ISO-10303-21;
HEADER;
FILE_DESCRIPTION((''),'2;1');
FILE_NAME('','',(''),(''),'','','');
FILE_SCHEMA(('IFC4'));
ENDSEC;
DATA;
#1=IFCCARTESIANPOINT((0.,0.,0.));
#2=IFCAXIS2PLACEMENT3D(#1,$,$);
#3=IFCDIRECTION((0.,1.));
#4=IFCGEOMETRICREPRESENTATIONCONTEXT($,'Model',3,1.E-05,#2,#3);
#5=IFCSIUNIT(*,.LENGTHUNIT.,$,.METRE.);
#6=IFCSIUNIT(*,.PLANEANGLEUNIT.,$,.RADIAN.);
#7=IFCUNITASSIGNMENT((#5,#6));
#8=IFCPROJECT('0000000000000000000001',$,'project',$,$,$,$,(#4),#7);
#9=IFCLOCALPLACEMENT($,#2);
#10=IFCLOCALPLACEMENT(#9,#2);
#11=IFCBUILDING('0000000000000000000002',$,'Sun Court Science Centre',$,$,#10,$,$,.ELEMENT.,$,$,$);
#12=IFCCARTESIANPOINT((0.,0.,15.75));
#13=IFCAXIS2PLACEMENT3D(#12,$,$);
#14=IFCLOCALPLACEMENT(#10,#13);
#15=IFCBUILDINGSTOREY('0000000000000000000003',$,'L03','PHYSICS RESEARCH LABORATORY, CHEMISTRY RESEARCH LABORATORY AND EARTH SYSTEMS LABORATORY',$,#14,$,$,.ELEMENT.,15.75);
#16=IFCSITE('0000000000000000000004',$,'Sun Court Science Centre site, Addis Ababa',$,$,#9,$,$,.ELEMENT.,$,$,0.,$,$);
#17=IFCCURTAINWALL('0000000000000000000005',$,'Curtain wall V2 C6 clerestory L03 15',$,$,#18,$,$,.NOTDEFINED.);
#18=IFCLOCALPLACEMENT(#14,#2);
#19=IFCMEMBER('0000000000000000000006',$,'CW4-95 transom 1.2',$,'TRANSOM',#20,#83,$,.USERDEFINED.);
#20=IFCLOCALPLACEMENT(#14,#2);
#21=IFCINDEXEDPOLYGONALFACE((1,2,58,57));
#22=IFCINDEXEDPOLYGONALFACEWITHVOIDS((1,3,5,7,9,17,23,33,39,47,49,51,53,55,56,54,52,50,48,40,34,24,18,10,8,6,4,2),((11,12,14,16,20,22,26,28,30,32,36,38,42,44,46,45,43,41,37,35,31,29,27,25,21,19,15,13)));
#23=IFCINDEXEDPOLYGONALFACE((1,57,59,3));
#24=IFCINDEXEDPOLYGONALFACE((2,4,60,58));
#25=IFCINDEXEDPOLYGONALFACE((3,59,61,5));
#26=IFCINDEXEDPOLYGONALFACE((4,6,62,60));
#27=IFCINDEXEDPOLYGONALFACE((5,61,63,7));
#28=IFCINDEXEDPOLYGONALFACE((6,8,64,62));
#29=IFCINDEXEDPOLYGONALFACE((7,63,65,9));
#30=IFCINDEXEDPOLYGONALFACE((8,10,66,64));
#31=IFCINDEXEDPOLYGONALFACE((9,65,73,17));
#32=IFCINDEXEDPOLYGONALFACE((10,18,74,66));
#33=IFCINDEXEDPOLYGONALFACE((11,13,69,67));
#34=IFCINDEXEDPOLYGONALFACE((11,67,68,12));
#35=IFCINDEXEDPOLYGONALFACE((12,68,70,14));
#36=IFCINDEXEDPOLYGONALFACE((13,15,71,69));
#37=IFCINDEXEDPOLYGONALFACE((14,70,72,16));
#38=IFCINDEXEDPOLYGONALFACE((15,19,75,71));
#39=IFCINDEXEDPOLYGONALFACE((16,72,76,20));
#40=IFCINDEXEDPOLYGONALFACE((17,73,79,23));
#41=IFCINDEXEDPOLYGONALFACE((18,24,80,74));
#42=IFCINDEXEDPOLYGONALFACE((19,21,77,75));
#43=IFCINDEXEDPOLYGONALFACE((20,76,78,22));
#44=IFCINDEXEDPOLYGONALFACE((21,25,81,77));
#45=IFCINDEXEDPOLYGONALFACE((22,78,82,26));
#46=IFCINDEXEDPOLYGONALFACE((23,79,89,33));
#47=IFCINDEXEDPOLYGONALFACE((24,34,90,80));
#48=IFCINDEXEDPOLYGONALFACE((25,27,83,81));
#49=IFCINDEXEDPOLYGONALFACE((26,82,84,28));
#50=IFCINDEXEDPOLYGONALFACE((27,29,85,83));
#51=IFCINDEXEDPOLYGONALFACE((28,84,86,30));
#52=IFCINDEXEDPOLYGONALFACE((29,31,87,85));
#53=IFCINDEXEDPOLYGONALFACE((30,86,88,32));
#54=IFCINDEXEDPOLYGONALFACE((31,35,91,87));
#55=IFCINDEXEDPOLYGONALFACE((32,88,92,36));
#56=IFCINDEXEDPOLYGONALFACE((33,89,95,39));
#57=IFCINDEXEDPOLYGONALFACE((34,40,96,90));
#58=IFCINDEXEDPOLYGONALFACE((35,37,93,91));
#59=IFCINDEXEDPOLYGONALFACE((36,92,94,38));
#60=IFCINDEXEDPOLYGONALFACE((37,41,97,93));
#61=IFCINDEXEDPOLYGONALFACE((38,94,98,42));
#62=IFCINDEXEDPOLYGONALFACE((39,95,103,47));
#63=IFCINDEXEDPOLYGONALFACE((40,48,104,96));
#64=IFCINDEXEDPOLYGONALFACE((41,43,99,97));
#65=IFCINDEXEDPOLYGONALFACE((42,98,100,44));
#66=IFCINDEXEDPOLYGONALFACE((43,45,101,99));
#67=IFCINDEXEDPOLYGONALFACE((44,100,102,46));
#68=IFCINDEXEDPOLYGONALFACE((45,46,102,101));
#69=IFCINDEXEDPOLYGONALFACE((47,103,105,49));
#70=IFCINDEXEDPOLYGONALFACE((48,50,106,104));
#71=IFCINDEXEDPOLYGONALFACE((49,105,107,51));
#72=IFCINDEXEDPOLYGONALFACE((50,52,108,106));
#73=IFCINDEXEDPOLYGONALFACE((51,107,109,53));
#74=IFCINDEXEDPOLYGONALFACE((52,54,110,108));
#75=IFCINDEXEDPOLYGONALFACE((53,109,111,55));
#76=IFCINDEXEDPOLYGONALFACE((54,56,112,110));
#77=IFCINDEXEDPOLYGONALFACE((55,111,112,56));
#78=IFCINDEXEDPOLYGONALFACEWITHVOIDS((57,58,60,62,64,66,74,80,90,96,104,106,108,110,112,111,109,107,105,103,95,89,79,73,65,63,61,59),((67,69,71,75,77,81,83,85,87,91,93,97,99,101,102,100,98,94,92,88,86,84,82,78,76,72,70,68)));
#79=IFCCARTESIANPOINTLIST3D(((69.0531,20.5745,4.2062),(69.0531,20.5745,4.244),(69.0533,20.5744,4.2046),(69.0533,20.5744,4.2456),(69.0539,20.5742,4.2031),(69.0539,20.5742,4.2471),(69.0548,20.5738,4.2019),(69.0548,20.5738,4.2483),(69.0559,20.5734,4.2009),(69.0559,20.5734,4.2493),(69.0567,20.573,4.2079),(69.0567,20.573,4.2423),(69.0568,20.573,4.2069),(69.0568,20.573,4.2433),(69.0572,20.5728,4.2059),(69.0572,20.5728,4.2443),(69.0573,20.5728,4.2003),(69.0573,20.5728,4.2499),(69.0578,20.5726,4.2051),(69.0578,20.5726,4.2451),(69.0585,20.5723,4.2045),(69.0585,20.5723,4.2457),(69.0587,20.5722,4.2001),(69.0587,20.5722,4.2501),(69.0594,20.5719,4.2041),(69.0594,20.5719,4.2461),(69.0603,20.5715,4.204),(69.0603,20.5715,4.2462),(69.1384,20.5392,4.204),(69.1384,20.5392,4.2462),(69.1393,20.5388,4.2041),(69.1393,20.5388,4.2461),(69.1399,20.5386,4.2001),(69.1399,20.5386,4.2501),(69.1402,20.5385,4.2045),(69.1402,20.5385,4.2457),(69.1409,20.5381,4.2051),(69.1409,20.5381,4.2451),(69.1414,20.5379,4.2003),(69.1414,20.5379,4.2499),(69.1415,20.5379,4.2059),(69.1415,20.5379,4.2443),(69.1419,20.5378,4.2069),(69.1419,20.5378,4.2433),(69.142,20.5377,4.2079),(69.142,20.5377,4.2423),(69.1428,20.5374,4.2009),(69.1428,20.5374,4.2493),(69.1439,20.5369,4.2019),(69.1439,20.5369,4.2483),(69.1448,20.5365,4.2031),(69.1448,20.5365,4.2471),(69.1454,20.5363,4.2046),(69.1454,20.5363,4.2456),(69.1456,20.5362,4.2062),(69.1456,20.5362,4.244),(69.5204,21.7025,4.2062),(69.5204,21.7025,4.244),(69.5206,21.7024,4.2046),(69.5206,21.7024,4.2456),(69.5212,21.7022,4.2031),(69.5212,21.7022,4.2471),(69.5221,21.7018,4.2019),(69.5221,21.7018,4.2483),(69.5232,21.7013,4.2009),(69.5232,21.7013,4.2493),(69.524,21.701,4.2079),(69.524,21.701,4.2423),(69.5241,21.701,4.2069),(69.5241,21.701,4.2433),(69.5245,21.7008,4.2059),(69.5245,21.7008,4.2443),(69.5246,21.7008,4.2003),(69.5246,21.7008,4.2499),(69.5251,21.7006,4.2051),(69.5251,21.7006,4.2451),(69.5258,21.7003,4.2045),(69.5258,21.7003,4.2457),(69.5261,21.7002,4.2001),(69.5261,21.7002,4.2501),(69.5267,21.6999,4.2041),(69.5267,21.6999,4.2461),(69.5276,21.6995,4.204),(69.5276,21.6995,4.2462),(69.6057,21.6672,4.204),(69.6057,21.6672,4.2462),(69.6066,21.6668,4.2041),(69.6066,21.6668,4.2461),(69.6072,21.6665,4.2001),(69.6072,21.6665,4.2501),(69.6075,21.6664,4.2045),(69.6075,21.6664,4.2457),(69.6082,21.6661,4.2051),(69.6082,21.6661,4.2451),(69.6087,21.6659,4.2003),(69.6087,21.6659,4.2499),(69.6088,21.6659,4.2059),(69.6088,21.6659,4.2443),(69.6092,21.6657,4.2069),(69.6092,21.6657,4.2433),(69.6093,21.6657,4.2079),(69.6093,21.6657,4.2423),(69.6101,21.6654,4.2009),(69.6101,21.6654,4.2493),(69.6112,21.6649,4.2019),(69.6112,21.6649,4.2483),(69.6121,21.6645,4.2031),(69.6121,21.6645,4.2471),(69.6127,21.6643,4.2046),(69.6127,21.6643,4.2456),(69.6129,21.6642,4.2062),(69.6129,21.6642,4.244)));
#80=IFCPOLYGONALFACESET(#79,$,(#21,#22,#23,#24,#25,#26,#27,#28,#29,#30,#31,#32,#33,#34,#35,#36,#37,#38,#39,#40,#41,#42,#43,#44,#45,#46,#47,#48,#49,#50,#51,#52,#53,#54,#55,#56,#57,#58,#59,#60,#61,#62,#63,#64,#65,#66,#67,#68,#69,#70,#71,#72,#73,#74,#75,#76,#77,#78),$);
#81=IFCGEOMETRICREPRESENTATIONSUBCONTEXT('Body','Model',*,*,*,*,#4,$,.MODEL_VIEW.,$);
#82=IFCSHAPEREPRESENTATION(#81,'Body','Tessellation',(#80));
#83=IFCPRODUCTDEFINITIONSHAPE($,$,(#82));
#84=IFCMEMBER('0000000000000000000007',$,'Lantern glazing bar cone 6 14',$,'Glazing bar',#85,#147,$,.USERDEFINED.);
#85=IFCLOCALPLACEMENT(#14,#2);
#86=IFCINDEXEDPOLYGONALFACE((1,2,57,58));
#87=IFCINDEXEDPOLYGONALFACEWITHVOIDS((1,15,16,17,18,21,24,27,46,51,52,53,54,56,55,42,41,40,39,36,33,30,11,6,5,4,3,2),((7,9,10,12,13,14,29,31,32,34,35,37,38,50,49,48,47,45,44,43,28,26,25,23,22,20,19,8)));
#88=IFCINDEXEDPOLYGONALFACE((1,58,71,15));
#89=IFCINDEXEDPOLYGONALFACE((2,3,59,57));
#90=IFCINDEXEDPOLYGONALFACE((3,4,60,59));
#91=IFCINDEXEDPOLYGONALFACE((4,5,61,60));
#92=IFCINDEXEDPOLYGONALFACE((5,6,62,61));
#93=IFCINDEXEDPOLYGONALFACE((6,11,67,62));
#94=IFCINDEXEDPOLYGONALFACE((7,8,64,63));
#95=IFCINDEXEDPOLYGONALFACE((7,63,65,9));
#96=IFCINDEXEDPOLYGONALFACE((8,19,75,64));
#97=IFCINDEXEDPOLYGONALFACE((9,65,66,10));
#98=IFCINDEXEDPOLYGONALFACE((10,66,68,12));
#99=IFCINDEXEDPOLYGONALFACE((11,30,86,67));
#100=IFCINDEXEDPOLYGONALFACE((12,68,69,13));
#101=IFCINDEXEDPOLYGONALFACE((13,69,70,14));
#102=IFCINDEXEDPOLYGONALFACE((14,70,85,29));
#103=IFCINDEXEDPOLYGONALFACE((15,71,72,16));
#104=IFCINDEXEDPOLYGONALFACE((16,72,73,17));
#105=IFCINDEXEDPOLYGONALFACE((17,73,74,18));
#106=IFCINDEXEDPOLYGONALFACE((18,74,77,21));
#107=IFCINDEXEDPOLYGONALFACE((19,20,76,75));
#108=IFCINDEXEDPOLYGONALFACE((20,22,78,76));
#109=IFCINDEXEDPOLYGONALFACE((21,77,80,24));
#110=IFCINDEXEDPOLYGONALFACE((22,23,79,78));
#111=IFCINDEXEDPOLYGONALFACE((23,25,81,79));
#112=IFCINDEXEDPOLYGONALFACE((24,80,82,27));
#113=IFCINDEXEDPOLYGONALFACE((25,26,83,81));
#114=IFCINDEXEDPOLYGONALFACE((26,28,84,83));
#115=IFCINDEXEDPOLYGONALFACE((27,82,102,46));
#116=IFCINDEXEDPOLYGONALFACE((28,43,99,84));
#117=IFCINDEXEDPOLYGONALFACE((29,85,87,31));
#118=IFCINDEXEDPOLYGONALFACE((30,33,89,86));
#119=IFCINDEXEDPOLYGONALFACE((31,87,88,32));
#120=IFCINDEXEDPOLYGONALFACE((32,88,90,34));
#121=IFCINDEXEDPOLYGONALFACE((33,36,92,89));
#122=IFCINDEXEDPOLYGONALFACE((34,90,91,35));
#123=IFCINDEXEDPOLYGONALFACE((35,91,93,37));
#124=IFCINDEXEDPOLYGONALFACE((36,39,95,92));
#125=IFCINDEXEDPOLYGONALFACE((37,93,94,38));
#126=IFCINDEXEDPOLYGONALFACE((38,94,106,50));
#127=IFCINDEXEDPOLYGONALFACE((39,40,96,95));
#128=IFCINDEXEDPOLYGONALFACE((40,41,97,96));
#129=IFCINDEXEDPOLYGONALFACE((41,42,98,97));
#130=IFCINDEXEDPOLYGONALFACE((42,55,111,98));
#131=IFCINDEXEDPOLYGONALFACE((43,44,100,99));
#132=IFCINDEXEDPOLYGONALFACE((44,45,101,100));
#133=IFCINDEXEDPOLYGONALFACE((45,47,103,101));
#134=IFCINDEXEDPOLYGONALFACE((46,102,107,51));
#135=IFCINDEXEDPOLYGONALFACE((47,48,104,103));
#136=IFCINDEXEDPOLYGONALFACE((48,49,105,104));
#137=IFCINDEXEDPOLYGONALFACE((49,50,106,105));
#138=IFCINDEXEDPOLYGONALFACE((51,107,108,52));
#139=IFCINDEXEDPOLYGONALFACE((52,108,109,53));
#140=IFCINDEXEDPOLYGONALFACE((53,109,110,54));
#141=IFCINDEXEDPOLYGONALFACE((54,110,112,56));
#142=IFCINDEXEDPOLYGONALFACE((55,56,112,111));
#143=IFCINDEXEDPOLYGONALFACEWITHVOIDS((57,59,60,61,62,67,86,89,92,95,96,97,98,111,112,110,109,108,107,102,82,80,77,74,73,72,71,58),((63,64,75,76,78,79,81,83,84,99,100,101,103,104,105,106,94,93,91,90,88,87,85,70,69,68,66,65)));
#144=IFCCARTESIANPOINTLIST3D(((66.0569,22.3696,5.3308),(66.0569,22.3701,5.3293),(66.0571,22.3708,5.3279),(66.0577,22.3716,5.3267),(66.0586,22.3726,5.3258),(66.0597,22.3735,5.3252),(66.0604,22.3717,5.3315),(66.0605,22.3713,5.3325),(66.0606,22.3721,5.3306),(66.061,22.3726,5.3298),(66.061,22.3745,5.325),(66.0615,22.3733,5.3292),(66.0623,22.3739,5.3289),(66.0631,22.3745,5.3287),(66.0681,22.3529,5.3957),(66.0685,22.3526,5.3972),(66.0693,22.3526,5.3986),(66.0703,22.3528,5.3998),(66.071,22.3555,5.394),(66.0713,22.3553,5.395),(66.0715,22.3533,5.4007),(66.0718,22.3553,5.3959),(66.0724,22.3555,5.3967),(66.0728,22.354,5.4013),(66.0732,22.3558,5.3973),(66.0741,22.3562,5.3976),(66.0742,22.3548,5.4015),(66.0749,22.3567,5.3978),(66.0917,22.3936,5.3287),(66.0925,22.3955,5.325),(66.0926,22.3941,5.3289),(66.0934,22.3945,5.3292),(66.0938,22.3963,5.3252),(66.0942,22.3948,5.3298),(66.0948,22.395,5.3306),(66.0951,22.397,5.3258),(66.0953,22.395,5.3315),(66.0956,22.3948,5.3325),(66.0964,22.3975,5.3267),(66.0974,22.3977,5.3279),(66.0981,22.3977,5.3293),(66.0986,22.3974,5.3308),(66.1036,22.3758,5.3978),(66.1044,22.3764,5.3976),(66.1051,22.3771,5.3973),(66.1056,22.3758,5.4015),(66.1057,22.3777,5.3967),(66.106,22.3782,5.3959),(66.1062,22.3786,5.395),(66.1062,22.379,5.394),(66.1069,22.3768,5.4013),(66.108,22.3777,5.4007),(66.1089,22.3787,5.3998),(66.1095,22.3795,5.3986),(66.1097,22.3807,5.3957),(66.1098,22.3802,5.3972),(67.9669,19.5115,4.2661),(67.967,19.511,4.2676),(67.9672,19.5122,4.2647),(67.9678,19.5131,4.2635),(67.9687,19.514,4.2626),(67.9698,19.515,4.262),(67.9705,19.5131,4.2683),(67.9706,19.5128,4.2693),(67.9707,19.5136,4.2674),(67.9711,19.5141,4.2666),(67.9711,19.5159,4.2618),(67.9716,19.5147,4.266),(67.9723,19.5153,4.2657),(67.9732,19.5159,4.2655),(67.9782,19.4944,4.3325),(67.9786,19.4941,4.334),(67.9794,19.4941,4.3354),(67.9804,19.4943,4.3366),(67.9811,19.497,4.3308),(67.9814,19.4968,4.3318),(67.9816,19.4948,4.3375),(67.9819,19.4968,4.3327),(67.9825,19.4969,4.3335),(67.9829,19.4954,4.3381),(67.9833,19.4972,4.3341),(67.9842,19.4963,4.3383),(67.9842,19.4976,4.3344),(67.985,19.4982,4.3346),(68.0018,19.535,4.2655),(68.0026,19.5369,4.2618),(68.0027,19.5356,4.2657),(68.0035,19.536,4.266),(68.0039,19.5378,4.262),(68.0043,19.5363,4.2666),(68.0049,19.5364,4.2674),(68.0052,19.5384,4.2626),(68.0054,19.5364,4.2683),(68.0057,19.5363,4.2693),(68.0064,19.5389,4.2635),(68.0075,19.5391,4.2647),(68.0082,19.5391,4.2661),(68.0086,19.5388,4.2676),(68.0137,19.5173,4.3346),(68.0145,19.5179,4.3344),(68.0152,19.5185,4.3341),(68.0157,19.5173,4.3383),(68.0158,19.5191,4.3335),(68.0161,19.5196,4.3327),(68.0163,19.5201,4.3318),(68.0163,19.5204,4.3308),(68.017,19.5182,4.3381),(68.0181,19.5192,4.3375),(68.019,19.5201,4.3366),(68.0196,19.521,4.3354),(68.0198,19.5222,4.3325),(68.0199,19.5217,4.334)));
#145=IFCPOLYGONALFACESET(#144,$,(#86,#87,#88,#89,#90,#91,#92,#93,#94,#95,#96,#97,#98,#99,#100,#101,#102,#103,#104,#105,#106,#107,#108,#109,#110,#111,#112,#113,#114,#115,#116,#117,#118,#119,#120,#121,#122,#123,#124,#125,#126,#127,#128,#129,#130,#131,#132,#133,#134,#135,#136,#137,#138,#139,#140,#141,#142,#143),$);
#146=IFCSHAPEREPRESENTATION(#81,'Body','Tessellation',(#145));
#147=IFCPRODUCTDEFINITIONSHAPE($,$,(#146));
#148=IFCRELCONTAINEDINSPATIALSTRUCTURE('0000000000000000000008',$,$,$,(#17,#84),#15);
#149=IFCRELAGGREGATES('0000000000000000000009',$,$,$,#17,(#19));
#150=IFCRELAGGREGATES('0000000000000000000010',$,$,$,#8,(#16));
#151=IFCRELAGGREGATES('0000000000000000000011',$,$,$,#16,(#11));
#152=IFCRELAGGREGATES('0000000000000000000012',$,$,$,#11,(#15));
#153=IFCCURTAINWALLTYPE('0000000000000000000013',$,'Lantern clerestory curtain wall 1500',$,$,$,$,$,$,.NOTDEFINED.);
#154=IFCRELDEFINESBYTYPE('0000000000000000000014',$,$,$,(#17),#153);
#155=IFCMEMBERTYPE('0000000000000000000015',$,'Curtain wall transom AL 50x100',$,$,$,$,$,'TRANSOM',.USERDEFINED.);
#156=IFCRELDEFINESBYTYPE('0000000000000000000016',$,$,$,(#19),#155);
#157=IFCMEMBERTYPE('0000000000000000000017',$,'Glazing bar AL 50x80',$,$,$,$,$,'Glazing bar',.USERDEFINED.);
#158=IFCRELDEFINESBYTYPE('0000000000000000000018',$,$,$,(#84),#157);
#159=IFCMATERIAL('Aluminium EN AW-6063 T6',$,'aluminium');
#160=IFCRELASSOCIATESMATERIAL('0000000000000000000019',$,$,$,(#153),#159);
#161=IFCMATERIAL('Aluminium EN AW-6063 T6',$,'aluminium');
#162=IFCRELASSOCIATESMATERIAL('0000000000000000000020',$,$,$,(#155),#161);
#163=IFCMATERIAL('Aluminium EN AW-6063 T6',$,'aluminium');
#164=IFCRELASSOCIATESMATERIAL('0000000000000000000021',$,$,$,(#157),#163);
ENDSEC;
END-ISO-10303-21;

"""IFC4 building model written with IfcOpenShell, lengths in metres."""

from ifc_helpers import new_model, si_unit, direction, frame, origin, origin_2d, place, context, subcontext, project, spatial, hollow_rectangle, extrude, material, material_profile, profile_set, type_object, element, aggregate, save


model = new_model("IFC4")

# Units and contexts
model_context = context("Model", 3, precision=1e-05, world=origin(), true_north=direction((0.0, 1.0)))
body_context = subcontext(model_context, "Body", "Model", "MODEL_VIEW")
ifc_project = project(units=[si_unit("LENGTHUNIT", "METRE"), si_unit("PLANEANGLEUNIT", "RADIAN")], contexts=[model_context])

# Site, building, storey
site_placement = place(None, origin())
site = spatial("IfcSite", under=ifc_project, at=site_placement, Name="Sun Court Science Centre site, Addis Ababa", CompositionType="ELEMENT", RefElevation=0.0)
building_placement = place(site_placement, origin())
building = spatial("IfcBuilding", under=site, at=building_placement, Name="Sun Court Science Centre", CompositionType="ELEMENT")
storey_placement = place(building_placement, frame((0.0, 0.0, 15.75)))
storey = spatial("IfcBuildingStorey", under=building, at=storey_placement, Name="L03", Description="PHYSICS RESEARCH LABORATORY, CHEMISTRY RESEARCH LABORATORY AND EARTH SYSTEMS LABORATORY", CompositionType="ELEMENT", Elevation=15.75)

# Shared definitions
ifc_material_1 = material(Name="Aluminium EN AW-6063 T6", Category="aluminium")
curtain_wall_type_1 = type_object("IfcCurtainWallType", Name="Lantern clerestory curtain wall 1500", PredefinedType="NOTDEFINED", material=ifc_material_1)

# Curtain wall
curtain_wall_1_placement = place(storey_placement, origin())
curtain_wall_1 = element("IfcCurtainWall", 1, at=curtain_wall_1_placement, inside=storey, type_object=curtain_wall_type_1, Name="Curtain wall V2 C6 clerestory L03 15", PredefinedType="NOTDEFINED")

# Member
ifc_material_2 = material(Name="Aluminium EN AW-6063 T6", Category="aluminium")
ifc_material_profile_1 = material_profile(ifc_material_2, hollow_rectangle(XDim=0.05, YDim=0.1001, WallThickness=0.0039, InnerFilletRadius=0.0039, OuterFilletRadius=0.0061, at=origin_2d()), Name="AL 50x100x4")
ifc_profile_set_1 = profile_set([ifc_material_profile_1], Name="Aluminium EN AW-6063 T6")
member_type_1 = type_object("IfcMemberType", Name="Curtain wall transom AL 50x100", ElementType="TRANSOM", PredefinedType="USERDEFINED", material=ifc_profile_set_1)
member_1_placement = place(storey_placement, frame((69.5667, 21.6833, 4.2251), z_axis=(-0.38274, -0.923856, 0.0), x_axis=(0.0, 0.0, 1.0)))
member_1 = element("IfcMember", 2, at=member_1_placement, type_object=member_type_1, Name="CW4-95 transom 1.2", ObjectType="TRANSOM", PredefinedType="USERDEFINED", context=body_context, shape_type="SweptSolid", body=[
    extrude(hollow_rectangle(XDim=0.05, YDim=0.1001, WallThickness=0.0039, InnerFilletRadius=0.0039, OuterFilletRadius=0.0061, at=origin_2d()), origin(), (0.0, 0.0, 1.0), 1.2209),
])

# Member
ifc_material_3 = material(Name="Aluminium EN AW-6063 T6", Category="aluminium")
ifc_material_profile_2 = material_profile(ifc_material_3, hollow_rectangle(XDim=0.05, YDim=0.0801, WallThickness=0.0039, InnerFilletRadius=0.0039, OuterFilletRadius=0.0061, at=origin_2d()), Name="AL 50x80x4")
ifc_profile_set_2 = profile_set([ifc_material_profile_2], Name="Aluminium EN AW-6063 T6")
member_type_2 = type_object("IfcMemberType", Name="Glazing bar AL 50x80", ElementType="Glazing bar", PredefinedType="USERDEFINED", material=ifc_profile_set_2)
for number, where, z_axis, x_axis, name in (
    (3, (67.9934, 19.5166, 4.3), (-0.530783, 0.794343, 0.295445), (-0.83146, -0.555585, 0.0), "Lantern glazing bar cone 6 14"),
):
    element("IfcMember", number, at=place(storey_placement, frame(where, z_axis=z_axis, x_axis=x_axis)), inside=storey, type_object=member_type_2, Name=name, ObjectType="Glazing bar", PredefinedType="USERDEFINED", context=body_context, shape_type="SweptSolid", body=[
        extrude(hollow_rectangle(XDim=0.05, YDim=0.0801, WallThickness=0.0039, InnerFilletRadius=0.0039, OuterFilletRadius=0.0061, at=origin_2d()), origin(), (0.0, 0.0, 1.0), 3.5986),
    ])

aggregate(curtain_wall_1, [member_1])

save(model, "model.ifc")
